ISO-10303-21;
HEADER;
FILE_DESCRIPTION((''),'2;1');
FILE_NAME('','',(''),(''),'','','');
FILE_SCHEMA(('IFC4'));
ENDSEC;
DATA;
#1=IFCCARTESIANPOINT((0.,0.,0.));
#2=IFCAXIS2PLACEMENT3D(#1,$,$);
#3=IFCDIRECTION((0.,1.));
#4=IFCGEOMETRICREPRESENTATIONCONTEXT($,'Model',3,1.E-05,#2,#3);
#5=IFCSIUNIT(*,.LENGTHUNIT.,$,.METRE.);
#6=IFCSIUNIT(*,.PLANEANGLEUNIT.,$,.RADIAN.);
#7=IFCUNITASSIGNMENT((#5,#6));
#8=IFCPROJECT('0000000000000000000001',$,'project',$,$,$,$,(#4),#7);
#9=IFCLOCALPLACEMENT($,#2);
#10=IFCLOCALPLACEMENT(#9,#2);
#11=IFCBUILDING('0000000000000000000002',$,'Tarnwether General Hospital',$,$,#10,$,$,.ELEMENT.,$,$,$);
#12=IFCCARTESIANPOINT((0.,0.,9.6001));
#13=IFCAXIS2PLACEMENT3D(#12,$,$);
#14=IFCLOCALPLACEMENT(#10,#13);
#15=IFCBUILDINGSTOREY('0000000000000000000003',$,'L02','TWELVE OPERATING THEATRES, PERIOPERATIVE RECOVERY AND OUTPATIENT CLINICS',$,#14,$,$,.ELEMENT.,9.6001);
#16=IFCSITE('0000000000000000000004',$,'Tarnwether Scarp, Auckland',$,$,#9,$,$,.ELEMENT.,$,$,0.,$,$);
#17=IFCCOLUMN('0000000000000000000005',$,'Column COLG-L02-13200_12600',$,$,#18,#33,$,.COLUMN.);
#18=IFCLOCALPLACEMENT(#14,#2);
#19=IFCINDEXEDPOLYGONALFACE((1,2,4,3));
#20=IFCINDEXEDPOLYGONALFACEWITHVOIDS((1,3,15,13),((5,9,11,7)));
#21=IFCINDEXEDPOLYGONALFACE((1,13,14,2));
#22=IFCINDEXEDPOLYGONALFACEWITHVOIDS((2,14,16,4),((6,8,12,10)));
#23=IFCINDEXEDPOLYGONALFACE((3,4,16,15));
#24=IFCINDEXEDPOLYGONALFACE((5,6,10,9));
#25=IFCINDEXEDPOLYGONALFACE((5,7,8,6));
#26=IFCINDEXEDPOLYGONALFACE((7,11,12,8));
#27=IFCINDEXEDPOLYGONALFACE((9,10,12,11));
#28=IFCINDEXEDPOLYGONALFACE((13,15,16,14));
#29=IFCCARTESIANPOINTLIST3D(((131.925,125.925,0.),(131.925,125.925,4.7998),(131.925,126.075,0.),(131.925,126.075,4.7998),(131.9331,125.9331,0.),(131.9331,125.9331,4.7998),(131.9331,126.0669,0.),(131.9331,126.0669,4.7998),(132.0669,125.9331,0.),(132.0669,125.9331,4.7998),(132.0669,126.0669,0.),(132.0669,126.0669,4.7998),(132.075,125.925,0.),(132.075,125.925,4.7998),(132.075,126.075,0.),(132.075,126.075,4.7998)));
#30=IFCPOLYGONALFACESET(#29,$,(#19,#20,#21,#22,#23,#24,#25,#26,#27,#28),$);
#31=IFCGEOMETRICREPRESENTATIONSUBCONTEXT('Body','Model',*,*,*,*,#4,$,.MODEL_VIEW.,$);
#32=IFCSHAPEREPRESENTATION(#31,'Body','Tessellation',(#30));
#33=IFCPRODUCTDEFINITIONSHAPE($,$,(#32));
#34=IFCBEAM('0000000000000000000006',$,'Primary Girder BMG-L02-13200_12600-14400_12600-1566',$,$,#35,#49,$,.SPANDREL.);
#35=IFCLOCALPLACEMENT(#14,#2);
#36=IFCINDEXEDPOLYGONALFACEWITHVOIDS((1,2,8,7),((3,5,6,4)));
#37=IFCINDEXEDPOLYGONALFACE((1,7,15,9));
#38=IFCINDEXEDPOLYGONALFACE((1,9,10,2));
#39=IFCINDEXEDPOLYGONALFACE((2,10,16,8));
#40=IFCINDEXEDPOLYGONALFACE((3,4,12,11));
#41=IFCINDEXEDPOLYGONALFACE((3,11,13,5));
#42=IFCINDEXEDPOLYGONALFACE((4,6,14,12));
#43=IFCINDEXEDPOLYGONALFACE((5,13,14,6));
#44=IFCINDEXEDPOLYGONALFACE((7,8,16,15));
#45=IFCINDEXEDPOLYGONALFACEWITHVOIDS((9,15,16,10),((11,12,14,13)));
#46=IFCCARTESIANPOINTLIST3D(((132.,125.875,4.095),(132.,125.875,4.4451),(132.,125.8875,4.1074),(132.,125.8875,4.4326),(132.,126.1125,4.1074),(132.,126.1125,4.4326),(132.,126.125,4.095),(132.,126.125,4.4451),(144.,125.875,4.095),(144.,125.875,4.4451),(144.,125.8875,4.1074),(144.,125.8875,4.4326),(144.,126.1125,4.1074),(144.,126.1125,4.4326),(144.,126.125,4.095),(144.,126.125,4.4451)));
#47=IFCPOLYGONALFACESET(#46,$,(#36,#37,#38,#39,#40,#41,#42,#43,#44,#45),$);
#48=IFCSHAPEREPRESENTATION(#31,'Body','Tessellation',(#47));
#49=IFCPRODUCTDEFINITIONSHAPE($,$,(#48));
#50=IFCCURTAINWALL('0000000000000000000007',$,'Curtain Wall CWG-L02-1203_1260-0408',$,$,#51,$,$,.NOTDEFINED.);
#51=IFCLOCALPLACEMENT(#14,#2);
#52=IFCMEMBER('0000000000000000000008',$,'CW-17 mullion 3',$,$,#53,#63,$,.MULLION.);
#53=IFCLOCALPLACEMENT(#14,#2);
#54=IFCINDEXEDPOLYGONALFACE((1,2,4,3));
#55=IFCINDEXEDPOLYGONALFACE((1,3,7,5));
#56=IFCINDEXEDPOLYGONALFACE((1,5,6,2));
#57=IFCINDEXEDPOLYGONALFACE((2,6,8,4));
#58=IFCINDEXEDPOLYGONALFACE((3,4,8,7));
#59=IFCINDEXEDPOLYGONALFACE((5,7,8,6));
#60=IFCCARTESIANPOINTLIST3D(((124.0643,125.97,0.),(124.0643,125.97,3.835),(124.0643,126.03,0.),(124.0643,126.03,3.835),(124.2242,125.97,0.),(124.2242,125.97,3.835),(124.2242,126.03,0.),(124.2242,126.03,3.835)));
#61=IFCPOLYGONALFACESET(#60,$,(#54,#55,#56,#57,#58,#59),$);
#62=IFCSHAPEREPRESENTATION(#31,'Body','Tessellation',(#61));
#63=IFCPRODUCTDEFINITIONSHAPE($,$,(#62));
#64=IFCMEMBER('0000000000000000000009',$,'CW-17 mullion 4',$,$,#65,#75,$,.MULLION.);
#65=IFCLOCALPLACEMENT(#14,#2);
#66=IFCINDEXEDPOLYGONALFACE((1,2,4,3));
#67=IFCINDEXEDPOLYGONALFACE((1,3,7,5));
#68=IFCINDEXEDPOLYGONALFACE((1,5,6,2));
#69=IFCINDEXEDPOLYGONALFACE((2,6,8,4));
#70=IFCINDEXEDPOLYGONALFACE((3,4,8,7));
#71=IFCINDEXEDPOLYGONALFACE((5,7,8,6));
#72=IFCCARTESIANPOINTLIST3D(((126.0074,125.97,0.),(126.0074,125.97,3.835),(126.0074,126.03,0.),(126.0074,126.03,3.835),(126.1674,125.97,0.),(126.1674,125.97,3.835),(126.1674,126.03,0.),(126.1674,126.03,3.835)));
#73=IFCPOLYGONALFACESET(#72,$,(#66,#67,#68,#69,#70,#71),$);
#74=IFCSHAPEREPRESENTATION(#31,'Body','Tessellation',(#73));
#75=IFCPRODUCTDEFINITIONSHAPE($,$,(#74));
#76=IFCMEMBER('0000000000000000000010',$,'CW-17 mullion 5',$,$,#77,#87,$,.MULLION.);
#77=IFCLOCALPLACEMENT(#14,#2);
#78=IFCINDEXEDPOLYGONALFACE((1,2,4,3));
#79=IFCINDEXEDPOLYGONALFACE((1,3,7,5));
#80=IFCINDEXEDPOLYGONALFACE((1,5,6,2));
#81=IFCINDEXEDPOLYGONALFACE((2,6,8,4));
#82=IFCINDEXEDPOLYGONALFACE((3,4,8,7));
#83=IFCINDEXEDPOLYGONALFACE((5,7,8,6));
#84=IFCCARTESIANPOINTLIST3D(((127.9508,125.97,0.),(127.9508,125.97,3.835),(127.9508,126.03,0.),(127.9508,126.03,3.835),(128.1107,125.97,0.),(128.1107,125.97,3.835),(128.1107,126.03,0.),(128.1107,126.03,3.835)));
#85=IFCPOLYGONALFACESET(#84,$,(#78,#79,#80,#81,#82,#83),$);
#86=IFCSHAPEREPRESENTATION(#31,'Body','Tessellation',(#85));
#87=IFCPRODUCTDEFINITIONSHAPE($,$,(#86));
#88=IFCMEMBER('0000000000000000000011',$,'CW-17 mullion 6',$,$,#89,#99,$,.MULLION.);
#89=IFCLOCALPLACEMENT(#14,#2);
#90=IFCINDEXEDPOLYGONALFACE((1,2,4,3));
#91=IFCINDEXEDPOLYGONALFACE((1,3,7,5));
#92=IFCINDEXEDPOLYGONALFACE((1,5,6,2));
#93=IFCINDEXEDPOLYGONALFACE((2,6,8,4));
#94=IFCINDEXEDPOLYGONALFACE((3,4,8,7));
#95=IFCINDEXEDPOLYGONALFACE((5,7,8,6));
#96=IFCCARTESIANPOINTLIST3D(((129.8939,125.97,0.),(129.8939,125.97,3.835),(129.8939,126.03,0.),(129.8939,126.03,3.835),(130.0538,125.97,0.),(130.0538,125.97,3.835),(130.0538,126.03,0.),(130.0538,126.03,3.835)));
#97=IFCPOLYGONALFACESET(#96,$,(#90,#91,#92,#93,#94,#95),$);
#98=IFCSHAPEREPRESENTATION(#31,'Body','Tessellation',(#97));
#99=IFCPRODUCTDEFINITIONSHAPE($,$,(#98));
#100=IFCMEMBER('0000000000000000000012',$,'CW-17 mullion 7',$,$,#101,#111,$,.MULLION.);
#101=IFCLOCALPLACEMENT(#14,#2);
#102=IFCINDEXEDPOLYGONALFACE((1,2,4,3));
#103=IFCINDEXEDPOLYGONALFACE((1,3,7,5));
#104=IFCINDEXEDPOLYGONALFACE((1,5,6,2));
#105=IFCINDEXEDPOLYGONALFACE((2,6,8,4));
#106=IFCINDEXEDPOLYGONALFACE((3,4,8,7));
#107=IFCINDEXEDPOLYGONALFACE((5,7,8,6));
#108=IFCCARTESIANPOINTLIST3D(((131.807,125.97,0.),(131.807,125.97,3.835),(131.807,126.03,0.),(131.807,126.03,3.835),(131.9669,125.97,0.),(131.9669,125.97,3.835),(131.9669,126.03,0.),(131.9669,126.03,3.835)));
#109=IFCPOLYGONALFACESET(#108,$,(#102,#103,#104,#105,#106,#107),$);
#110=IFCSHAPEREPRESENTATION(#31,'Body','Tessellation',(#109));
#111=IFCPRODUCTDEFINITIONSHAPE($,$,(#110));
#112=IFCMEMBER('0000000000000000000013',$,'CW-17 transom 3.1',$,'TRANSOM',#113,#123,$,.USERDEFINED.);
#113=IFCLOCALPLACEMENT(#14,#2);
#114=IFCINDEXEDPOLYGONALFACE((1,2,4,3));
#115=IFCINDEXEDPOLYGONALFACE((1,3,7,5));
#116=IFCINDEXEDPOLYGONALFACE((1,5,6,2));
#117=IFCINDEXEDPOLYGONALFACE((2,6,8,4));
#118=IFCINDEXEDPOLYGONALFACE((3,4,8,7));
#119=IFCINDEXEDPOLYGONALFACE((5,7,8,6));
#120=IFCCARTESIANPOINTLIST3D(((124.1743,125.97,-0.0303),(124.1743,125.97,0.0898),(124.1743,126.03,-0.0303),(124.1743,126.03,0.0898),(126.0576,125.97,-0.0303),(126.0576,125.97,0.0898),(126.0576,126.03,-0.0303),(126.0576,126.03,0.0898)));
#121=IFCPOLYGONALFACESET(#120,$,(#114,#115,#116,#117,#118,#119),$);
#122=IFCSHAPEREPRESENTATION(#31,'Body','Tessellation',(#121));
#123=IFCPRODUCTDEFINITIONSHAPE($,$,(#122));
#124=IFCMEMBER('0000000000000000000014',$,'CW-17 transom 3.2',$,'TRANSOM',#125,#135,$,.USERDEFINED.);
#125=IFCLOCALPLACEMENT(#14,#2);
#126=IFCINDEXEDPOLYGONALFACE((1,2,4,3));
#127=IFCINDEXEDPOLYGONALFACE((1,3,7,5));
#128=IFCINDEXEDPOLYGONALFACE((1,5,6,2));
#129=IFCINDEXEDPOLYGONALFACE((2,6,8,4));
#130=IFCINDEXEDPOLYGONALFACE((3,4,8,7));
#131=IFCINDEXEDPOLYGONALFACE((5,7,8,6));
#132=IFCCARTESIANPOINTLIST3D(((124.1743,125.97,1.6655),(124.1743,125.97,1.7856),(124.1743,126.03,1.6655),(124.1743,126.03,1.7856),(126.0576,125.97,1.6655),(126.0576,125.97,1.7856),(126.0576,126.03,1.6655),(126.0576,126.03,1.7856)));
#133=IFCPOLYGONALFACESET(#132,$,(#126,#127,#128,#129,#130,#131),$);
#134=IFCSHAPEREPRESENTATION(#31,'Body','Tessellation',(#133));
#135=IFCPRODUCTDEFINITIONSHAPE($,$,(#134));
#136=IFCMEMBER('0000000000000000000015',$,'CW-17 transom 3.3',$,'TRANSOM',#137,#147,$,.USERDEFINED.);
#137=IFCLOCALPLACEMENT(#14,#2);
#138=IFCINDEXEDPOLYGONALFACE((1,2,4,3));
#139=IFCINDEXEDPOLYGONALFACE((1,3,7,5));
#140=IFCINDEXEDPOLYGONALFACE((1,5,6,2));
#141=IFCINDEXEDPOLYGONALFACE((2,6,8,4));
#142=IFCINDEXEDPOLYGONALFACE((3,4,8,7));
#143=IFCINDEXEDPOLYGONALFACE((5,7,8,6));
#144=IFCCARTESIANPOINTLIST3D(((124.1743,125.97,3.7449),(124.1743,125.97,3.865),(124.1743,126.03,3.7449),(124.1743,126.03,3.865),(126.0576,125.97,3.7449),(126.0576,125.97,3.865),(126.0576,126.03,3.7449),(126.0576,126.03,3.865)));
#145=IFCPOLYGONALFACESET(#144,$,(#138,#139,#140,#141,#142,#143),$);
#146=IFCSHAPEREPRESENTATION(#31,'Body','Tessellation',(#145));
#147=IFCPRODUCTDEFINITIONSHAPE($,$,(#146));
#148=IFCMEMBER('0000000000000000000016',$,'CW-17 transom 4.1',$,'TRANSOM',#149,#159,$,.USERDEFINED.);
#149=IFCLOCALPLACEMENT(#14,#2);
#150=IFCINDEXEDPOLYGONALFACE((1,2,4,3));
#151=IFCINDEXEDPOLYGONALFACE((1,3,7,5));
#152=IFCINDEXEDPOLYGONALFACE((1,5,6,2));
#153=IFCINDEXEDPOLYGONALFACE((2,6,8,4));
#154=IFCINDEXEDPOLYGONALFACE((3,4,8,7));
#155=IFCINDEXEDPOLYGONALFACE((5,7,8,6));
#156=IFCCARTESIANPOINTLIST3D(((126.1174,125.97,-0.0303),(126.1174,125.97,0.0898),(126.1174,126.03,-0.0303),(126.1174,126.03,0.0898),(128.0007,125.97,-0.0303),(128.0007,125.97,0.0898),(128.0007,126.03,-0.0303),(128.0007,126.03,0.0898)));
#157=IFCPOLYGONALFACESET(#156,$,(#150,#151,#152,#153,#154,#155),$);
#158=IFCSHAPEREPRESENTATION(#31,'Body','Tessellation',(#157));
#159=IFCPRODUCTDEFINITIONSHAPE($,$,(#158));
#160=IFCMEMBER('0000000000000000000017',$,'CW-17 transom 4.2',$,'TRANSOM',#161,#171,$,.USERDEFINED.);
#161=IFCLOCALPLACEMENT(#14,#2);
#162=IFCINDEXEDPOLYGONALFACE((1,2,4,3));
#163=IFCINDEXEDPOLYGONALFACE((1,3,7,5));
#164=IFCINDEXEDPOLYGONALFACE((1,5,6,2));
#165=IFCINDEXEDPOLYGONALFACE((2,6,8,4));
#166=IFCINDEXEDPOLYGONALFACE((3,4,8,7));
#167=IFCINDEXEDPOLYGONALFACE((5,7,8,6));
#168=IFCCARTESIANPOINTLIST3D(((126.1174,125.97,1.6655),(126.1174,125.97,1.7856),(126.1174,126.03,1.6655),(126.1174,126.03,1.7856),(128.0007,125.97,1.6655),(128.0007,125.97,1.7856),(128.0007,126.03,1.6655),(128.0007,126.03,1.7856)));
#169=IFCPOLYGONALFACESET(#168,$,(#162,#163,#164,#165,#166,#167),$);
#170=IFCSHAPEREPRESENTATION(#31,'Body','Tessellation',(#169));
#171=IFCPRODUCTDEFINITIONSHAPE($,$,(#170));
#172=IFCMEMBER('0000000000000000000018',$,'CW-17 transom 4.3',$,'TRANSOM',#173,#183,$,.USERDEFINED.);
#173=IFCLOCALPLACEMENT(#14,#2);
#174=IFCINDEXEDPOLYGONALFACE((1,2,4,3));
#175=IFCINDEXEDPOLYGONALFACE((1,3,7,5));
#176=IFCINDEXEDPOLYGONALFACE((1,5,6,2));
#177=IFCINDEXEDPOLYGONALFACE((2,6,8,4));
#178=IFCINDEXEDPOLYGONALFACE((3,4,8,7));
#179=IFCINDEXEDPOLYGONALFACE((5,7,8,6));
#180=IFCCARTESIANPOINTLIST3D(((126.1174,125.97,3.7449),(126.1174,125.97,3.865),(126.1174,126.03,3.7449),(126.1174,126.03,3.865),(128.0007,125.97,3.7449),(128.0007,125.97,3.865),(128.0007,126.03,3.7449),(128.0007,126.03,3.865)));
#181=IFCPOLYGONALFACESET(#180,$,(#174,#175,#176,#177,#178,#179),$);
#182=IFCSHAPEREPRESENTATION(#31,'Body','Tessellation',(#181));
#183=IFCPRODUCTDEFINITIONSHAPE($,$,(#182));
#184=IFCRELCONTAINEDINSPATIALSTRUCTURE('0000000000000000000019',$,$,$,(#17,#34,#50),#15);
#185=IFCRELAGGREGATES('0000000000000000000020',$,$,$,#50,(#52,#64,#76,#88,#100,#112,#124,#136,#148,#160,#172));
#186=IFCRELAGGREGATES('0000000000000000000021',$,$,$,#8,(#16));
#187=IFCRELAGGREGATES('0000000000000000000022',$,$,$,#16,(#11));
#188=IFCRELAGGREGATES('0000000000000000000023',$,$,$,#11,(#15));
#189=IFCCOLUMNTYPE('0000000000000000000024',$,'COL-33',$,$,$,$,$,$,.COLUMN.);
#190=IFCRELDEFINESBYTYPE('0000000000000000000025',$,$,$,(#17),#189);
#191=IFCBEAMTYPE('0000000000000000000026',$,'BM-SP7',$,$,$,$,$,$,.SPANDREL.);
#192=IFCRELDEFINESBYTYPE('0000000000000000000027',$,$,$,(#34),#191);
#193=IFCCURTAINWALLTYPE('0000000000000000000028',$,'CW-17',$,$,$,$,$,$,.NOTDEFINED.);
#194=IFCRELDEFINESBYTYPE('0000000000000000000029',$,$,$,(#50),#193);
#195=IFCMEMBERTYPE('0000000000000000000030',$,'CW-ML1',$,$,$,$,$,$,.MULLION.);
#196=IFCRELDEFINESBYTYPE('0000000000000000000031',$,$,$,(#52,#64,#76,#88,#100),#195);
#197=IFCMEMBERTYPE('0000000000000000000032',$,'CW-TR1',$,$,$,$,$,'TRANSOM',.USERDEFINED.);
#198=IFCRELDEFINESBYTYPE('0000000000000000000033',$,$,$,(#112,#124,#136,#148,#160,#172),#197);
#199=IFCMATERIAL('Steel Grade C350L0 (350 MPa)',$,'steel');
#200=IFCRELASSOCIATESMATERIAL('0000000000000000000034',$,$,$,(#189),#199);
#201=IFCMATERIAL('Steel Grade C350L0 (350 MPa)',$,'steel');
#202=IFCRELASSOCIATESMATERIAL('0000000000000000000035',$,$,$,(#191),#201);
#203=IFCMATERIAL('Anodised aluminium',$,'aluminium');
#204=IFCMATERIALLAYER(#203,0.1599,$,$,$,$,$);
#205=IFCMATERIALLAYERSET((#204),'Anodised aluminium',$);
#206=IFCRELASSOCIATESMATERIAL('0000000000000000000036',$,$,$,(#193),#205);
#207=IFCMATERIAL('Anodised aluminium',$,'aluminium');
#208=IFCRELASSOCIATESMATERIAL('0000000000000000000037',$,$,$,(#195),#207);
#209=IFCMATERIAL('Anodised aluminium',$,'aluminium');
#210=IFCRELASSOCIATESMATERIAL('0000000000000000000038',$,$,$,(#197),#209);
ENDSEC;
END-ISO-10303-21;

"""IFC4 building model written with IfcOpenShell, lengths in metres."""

from ifc_helpers import new_model, si_unit, direction, frame, origin, origin_2d, place, context, subcontext, project, spatial, rectangle, hollow_rectangle, extrude, material, layer, layer_set, material_profile, profile_set, type_object, element, aggregate, save


model = new_model("IFC4")

# Units and contexts
model_context = context("Model", 3, precision=1e-05, world=origin(), true_north=direction((0.0, 1.0)))
body_context = subcontext(model_context, "Body", "Model", "MODEL_VIEW")
ifc_project = project(units=[si_unit("LENGTHUNIT", "METRE"), si_unit("PLANEANGLEUNIT", "RADIAN")], contexts=[model_context])

# Site, building, storey
site_placement = place(None, origin())
site = spatial("IfcSite", under=ifc_project, at=site_placement, Name="Tarnwether Scarp, Auckland", CompositionType="ELEMENT", RefElevation=0.0)
building_placement = place(site_placement, origin())
building = spatial("IfcBuilding", under=site, at=building_placement, Name="Tarnwether General Hospital", CompositionType="ELEMENT")
storey_placement = place(building_placement, frame((0.0, 0.0, 9.6001)))
storey = spatial("IfcBuildingStorey", under=building, at=storey_placement, Name="L02", Description="TWELVE OPERATING THEATRES, PERIOPERATIVE RECOVERY AND OUTPATIENT CLINICS", CompositionType="ELEMENT", Elevation=9.6001)

# Column
ifc_material_1 = material(Name="Steel Grade C350L0 (350 MPa)", Category="steel")
ifc_material_profile_1 = material_profile(ifc_material_1, hollow_rectangle(XDim=0.1499, YDim=0.1499, WallThickness=0.0081, at=origin_2d()), Name="SHS150x150x8")
ifc_profile_set_1 = profile_set([ifc_material_profile_1], Name="Steel Grade C350L0 (350 MPa)")
column_type = type_object("IfcColumnType", Name="COL-33", PredefinedType="COLUMN", material=ifc_profile_set_1)
column_placement = place(storey_placement, frame((132.0, 126.0, 0.0), z_axis=(0.0, 0.0, 1.0), x_axis=(0.0, 1.0, 0.0)))
element("IfcColumn", 1, at=column_placement, inside=storey, type_object=column_type, Name="Column COLG-L02-13200_12600", PredefinedType="COLUMN", context=body_context, shape_type="SweptSolid", body=[
    extrude(hollow_rectangle(XDim=0.1499, YDim=0.1499, WallThickness=0.0081, at=origin_2d()), origin(), (0.0, 0.0, 1.0), 4.7998),
])

# Beam
ifc_material_2 = material(Name="Steel Grade C350L0 (350 MPa)", Category="steel")
ifc_material_profile_2 = material_profile(ifc_material_2, hollow_rectangle(XDim=0.25, YDim=0.3501, WallThickness=0.0125, at=origin_2d()), Name="RHS350x250x12.5")
ifc_profile_set_2 = profile_set([ifc_material_profile_2], Name="Steel Grade C350L0 (350 MPa)")
beam_type = type_object("IfcBeamType", Name="BM-SP7", PredefinedType="SPANDREL", material=ifc_profile_set_2)
beam_placement = place(storey_placement, frame((132.0, 126.0, 4.27), z_axis=(1.0, 0.0, 0.0), x_axis=(0.0, 1.0, 0.0)))
element("IfcBeam", 2, at=beam_placement, inside=storey, type_object=beam_type, Name="Primary Girder BMG-L02-13200_12600-14400_12600-1566", PredefinedType="SPANDREL", context=body_context, shape_type="SweptSolid", body=[
    extrude(hollow_rectangle(XDim=0.25, YDim=0.3501, WallThickness=0.0125, at=origin_2d()), origin(), (0.0, 0.0, 1.0), 12.0),
])

# Curtain wall, members
ifc_material_3 = material(Name="Anodised aluminium", Category="aluminium")
ifc_layer_1 = layer(ifc_material_3, 0.1599)
ifc_layer_set_1 = layer_set([ifc_layer_1], Name="Anodised aluminium")
curtain_wall_type = type_object("IfcCurtainWallType", Name="CW-17", PredefinedType="NOTDEFINED", material=ifc_layer_set_1)
curtain_wall_placement = place(storey_placement, origin())
curtain_wall = element("IfcCurtainWall", 3, at=curtain_wall_placement, inside=storey, type_object=curtain_wall_type, Name="Curtain Wall CWG-L02-1203_1260-0408", PredefinedType="NOTDEFINED")
ifc_material_4 = material(Name="Anodised aluminium", Category="aluminium")
ifc_material_profile_3 = material_profile(ifc_material_4, rectangle(XDim=0.0601, YDim=0.1599, at=origin_2d()), Name="ALU-MUL-60x160")
ifc_profile_set_3 = profile_set([ifc_material_profile_3], Name="Anodised aluminium")
member_type_1 = type_object("IfcMemberType", Name="CW-ML1", PredefinedType="MULLION", material=ifc_profile_set_3)
member_1_placement = place(storey_placement, frame((124.1443, 126.0, 0.0), z_axis=(0.0, 0.0, 1.0), x_axis=(0.0, 1.0, 0.0)))
member_1 = element("IfcMember", 4, at=member_1_placement, type_object=member_type_1, Name="CW-17 mullion 3", PredefinedType="MULLION", context=body_context, shape_type="SweptSolid", body=[
    extrude(rectangle(XDim=0.0601, YDim=0.1599, at=origin_2d()), origin(), (0.0, 0.0, 1.0), 3.835),
])
member_2_placement = place(storey_placement, frame((126.0874, 126.0, 0.0), z_axis=(0.0, 0.0, 1.0), x_axis=(0.0, 1.0, 0.0)))
member_2 = element("IfcMember", 5, at=member_2_placement, type_object=member_type_1, Name="CW-17 mullion 4", PredefinedType="MULLION", context=body_context, shape_type="SweptSolid", body=[
    extrude(rectangle(XDim=0.0601, YDim=0.1599, at=origin_2d()), origin(), (0.0, 0.0, 1.0), 3.835),
])
member_3_placement = place(storey_placement, frame((128.0308, 126.0, 0.0), z_axis=(0.0, 0.0, 1.0), x_axis=(0.0, 1.0, 0.0)))
member_3 = element("IfcMember", 6, at=member_3_placement, type_object=member_type_1, Name="CW-17 mullion 5", PredefinedType="MULLION", context=body_context, shape_type="SweptSolid", body=[
    extrude(rectangle(XDim=0.0601, YDim=0.1599, at=origin_2d()), origin(), (0.0, 0.0, 1.0), 3.835),
])
member_4_placement = place(storey_placement, frame((129.9739, 126.0, 0.0), z_axis=(0.0, 0.0, 1.0), x_axis=(0.0, 1.0, 0.0)))
member_4 = element("IfcMember", 7, at=member_4_placement, type_object=member_type_1, Name="CW-17 mullion 6", PredefinedType="MULLION", context=body_context, shape_type="SweptSolid", body=[
    extrude(rectangle(XDim=0.0601, YDim=0.1599, at=origin_2d()), origin(), (0.0, 0.0, 1.0), 3.835),
])
member_5_placement = place(storey_placement, frame((131.887, 126.0, 0.0), z_axis=(0.0, 0.0, 1.0), x_axis=(0.0, 1.0, 0.0)))
member_5 = element("IfcMember", 8, at=member_5_placement, type_object=member_type_1, Name="CW-17 mullion 7", PredefinedType="MULLION", context=body_context, shape_type="SweptSolid", body=[
    extrude(rectangle(XDim=0.0601, YDim=0.1599, at=origin_2d()), origin(), (0.0, 0.0, 1.0), 3.835),
])
ifc_material_5 = material(Name="Anodised aluminium", Category="aluminium")
ifc_material_profile_4 = material_profile(ifc_material_5, rectangle(XDim=0.0601, YDim=0.1201, at=origin_2d()), Name="ALU-TRN-60x120")
ifc_profile_set_4 = profile_set([ifc_material_profile_4], Name="Anodised aluminium")
member_type_2 = type_object("IfcMemberType", Name="CW-TR1", ElementType="TRANSOM", PredefinedType="USERDEFINED", material=ifc_profile_set_4)
member_6_placement = place(storey_placement, frame((124.1743, 126.0, 0.0298), z_axis=(1.0, 0.0, 0.0), x_axis=(0.0, 1.0, 0.0)))
member_6 = element("IfcMember", 9, at=member_6_placement, type_object=member_type_2, Name="CW-17 transom 3.1", ObjectType="TRANSOM", PredefinedType="USERDEFINED", context=body_context, shape_type="SweptSolid", body=[
    extrude(rectangle(XDim=0.0601, YDim=0.1201, at=origin_2d()), origin(), (0.0, 0.0, 1.0), 1.8833),
])
member_7_placement = place(storey_placement, frame((124.1743, 126.0, 1.7256), z_axis=(1.0, 0.0, 0.0), x_axis=(0.0, 1.0, 0.0)))
member_7 = element("IfcMember", 10, at=member_7_placement, type_object=member_type_2, Name="CW-17 transom 3.2", ObjectType="TRANSOM", PredefinedType="USERDEFINED", context=body_context, shape_type="SweptSolid", body=[
    extrude(rectangle(XDim=0.0601, YDim=0.1201, at=origin_2d()), origin(), (0.0, 0.0, 1.0), 1.8833),
])
member_8_placement = place(storey_placement, frame((124.1743, 126.0, 3.8049), z_axis=(1.0, 0.0, 0.0), x_axis=(0.0, 1.0, 0.0)))
member_8 = element("IfcMember", 11, at=member_8_placement, type_object=member_type_2, Name="CW-17 transom 3.3", ObjectType="TRANSOM", PredefinedType="USERDEFINED", context=body_context, shape_type="SweptSolid", body=[
    extrude(rectangle(XDim=0.0601, YDim=0.1201, at=origin_2d()), origin(), (0.0, 0.0, 1.0), 1.8833),
])
member_9_placement = place(storey_placement, frame((126.1174, 126.0, 0.0298), z_axis=(1.0, 0.0, 0.0), x_axis=(0.0, 1.0, 0.0)))
member_9 = element("IfcMember", 12, at=member_9_placement, type_object=member_type_2, Name="CW-17 transom 4.1", ObjectType="TRANSOM", PredefinedType="USERDEFINED", context=body_context, shape_type="SweptSolid", body=[
    extrude(rectangle(XDim=0.0601, YDim=0.1201, at=origin_2d()), origin(), (0.0, 0.0, 1.0), 1.8833),
])
member_10_placement = place(storey_placement, frame((126.1174, 126.0, 1.7256), z_axis=(1.0, 0.0, 0.0), x_axis=(0.0, 1.0, 0.0)))
member_10 = element("IfcMember", 13, at=member_10_placement, type_object=member_type_2, Name="CW-17 transom 4.2", ObjectType="TRANSOM", PredefinedType="USERDEFINED", context=body_context, shape_type="SweptSolid", body=[
    extrude(rectangle(XDim=0.0601, YDim=0.1201, at=origin_2d()), origin(), (0.0, 0.0, 1.0), 1.8833),
])
member_11_placement = place(storey_placement, frame((126.1174, 126.0, 3.8049), z_axis=(1.0, 0.0, 0.0), x_axis=(0.0, 1.0, 0.0)))
member_11 = element("IfcMember", 14, at=member_11_placement, type_object=member_type_2, Name="CW-17 transom 4.3", ObjectType="TRANSOM", PredefinedType="USERDEFINED", context=body_context, shape_type="SweptSolid", body=[
    extrude(rectangle(XDim=0.0601, YDim=0.1201, at=origin_2d()), origin(), (0.0, 0.0, 1.0), 1.8833),
])
aggregate(curtain_wall, [member_1, member_2, member_3, member_4, member_5, member_6, member_7, member_8, member_9, member_10, member_11])

save(model, "model.ifc")
